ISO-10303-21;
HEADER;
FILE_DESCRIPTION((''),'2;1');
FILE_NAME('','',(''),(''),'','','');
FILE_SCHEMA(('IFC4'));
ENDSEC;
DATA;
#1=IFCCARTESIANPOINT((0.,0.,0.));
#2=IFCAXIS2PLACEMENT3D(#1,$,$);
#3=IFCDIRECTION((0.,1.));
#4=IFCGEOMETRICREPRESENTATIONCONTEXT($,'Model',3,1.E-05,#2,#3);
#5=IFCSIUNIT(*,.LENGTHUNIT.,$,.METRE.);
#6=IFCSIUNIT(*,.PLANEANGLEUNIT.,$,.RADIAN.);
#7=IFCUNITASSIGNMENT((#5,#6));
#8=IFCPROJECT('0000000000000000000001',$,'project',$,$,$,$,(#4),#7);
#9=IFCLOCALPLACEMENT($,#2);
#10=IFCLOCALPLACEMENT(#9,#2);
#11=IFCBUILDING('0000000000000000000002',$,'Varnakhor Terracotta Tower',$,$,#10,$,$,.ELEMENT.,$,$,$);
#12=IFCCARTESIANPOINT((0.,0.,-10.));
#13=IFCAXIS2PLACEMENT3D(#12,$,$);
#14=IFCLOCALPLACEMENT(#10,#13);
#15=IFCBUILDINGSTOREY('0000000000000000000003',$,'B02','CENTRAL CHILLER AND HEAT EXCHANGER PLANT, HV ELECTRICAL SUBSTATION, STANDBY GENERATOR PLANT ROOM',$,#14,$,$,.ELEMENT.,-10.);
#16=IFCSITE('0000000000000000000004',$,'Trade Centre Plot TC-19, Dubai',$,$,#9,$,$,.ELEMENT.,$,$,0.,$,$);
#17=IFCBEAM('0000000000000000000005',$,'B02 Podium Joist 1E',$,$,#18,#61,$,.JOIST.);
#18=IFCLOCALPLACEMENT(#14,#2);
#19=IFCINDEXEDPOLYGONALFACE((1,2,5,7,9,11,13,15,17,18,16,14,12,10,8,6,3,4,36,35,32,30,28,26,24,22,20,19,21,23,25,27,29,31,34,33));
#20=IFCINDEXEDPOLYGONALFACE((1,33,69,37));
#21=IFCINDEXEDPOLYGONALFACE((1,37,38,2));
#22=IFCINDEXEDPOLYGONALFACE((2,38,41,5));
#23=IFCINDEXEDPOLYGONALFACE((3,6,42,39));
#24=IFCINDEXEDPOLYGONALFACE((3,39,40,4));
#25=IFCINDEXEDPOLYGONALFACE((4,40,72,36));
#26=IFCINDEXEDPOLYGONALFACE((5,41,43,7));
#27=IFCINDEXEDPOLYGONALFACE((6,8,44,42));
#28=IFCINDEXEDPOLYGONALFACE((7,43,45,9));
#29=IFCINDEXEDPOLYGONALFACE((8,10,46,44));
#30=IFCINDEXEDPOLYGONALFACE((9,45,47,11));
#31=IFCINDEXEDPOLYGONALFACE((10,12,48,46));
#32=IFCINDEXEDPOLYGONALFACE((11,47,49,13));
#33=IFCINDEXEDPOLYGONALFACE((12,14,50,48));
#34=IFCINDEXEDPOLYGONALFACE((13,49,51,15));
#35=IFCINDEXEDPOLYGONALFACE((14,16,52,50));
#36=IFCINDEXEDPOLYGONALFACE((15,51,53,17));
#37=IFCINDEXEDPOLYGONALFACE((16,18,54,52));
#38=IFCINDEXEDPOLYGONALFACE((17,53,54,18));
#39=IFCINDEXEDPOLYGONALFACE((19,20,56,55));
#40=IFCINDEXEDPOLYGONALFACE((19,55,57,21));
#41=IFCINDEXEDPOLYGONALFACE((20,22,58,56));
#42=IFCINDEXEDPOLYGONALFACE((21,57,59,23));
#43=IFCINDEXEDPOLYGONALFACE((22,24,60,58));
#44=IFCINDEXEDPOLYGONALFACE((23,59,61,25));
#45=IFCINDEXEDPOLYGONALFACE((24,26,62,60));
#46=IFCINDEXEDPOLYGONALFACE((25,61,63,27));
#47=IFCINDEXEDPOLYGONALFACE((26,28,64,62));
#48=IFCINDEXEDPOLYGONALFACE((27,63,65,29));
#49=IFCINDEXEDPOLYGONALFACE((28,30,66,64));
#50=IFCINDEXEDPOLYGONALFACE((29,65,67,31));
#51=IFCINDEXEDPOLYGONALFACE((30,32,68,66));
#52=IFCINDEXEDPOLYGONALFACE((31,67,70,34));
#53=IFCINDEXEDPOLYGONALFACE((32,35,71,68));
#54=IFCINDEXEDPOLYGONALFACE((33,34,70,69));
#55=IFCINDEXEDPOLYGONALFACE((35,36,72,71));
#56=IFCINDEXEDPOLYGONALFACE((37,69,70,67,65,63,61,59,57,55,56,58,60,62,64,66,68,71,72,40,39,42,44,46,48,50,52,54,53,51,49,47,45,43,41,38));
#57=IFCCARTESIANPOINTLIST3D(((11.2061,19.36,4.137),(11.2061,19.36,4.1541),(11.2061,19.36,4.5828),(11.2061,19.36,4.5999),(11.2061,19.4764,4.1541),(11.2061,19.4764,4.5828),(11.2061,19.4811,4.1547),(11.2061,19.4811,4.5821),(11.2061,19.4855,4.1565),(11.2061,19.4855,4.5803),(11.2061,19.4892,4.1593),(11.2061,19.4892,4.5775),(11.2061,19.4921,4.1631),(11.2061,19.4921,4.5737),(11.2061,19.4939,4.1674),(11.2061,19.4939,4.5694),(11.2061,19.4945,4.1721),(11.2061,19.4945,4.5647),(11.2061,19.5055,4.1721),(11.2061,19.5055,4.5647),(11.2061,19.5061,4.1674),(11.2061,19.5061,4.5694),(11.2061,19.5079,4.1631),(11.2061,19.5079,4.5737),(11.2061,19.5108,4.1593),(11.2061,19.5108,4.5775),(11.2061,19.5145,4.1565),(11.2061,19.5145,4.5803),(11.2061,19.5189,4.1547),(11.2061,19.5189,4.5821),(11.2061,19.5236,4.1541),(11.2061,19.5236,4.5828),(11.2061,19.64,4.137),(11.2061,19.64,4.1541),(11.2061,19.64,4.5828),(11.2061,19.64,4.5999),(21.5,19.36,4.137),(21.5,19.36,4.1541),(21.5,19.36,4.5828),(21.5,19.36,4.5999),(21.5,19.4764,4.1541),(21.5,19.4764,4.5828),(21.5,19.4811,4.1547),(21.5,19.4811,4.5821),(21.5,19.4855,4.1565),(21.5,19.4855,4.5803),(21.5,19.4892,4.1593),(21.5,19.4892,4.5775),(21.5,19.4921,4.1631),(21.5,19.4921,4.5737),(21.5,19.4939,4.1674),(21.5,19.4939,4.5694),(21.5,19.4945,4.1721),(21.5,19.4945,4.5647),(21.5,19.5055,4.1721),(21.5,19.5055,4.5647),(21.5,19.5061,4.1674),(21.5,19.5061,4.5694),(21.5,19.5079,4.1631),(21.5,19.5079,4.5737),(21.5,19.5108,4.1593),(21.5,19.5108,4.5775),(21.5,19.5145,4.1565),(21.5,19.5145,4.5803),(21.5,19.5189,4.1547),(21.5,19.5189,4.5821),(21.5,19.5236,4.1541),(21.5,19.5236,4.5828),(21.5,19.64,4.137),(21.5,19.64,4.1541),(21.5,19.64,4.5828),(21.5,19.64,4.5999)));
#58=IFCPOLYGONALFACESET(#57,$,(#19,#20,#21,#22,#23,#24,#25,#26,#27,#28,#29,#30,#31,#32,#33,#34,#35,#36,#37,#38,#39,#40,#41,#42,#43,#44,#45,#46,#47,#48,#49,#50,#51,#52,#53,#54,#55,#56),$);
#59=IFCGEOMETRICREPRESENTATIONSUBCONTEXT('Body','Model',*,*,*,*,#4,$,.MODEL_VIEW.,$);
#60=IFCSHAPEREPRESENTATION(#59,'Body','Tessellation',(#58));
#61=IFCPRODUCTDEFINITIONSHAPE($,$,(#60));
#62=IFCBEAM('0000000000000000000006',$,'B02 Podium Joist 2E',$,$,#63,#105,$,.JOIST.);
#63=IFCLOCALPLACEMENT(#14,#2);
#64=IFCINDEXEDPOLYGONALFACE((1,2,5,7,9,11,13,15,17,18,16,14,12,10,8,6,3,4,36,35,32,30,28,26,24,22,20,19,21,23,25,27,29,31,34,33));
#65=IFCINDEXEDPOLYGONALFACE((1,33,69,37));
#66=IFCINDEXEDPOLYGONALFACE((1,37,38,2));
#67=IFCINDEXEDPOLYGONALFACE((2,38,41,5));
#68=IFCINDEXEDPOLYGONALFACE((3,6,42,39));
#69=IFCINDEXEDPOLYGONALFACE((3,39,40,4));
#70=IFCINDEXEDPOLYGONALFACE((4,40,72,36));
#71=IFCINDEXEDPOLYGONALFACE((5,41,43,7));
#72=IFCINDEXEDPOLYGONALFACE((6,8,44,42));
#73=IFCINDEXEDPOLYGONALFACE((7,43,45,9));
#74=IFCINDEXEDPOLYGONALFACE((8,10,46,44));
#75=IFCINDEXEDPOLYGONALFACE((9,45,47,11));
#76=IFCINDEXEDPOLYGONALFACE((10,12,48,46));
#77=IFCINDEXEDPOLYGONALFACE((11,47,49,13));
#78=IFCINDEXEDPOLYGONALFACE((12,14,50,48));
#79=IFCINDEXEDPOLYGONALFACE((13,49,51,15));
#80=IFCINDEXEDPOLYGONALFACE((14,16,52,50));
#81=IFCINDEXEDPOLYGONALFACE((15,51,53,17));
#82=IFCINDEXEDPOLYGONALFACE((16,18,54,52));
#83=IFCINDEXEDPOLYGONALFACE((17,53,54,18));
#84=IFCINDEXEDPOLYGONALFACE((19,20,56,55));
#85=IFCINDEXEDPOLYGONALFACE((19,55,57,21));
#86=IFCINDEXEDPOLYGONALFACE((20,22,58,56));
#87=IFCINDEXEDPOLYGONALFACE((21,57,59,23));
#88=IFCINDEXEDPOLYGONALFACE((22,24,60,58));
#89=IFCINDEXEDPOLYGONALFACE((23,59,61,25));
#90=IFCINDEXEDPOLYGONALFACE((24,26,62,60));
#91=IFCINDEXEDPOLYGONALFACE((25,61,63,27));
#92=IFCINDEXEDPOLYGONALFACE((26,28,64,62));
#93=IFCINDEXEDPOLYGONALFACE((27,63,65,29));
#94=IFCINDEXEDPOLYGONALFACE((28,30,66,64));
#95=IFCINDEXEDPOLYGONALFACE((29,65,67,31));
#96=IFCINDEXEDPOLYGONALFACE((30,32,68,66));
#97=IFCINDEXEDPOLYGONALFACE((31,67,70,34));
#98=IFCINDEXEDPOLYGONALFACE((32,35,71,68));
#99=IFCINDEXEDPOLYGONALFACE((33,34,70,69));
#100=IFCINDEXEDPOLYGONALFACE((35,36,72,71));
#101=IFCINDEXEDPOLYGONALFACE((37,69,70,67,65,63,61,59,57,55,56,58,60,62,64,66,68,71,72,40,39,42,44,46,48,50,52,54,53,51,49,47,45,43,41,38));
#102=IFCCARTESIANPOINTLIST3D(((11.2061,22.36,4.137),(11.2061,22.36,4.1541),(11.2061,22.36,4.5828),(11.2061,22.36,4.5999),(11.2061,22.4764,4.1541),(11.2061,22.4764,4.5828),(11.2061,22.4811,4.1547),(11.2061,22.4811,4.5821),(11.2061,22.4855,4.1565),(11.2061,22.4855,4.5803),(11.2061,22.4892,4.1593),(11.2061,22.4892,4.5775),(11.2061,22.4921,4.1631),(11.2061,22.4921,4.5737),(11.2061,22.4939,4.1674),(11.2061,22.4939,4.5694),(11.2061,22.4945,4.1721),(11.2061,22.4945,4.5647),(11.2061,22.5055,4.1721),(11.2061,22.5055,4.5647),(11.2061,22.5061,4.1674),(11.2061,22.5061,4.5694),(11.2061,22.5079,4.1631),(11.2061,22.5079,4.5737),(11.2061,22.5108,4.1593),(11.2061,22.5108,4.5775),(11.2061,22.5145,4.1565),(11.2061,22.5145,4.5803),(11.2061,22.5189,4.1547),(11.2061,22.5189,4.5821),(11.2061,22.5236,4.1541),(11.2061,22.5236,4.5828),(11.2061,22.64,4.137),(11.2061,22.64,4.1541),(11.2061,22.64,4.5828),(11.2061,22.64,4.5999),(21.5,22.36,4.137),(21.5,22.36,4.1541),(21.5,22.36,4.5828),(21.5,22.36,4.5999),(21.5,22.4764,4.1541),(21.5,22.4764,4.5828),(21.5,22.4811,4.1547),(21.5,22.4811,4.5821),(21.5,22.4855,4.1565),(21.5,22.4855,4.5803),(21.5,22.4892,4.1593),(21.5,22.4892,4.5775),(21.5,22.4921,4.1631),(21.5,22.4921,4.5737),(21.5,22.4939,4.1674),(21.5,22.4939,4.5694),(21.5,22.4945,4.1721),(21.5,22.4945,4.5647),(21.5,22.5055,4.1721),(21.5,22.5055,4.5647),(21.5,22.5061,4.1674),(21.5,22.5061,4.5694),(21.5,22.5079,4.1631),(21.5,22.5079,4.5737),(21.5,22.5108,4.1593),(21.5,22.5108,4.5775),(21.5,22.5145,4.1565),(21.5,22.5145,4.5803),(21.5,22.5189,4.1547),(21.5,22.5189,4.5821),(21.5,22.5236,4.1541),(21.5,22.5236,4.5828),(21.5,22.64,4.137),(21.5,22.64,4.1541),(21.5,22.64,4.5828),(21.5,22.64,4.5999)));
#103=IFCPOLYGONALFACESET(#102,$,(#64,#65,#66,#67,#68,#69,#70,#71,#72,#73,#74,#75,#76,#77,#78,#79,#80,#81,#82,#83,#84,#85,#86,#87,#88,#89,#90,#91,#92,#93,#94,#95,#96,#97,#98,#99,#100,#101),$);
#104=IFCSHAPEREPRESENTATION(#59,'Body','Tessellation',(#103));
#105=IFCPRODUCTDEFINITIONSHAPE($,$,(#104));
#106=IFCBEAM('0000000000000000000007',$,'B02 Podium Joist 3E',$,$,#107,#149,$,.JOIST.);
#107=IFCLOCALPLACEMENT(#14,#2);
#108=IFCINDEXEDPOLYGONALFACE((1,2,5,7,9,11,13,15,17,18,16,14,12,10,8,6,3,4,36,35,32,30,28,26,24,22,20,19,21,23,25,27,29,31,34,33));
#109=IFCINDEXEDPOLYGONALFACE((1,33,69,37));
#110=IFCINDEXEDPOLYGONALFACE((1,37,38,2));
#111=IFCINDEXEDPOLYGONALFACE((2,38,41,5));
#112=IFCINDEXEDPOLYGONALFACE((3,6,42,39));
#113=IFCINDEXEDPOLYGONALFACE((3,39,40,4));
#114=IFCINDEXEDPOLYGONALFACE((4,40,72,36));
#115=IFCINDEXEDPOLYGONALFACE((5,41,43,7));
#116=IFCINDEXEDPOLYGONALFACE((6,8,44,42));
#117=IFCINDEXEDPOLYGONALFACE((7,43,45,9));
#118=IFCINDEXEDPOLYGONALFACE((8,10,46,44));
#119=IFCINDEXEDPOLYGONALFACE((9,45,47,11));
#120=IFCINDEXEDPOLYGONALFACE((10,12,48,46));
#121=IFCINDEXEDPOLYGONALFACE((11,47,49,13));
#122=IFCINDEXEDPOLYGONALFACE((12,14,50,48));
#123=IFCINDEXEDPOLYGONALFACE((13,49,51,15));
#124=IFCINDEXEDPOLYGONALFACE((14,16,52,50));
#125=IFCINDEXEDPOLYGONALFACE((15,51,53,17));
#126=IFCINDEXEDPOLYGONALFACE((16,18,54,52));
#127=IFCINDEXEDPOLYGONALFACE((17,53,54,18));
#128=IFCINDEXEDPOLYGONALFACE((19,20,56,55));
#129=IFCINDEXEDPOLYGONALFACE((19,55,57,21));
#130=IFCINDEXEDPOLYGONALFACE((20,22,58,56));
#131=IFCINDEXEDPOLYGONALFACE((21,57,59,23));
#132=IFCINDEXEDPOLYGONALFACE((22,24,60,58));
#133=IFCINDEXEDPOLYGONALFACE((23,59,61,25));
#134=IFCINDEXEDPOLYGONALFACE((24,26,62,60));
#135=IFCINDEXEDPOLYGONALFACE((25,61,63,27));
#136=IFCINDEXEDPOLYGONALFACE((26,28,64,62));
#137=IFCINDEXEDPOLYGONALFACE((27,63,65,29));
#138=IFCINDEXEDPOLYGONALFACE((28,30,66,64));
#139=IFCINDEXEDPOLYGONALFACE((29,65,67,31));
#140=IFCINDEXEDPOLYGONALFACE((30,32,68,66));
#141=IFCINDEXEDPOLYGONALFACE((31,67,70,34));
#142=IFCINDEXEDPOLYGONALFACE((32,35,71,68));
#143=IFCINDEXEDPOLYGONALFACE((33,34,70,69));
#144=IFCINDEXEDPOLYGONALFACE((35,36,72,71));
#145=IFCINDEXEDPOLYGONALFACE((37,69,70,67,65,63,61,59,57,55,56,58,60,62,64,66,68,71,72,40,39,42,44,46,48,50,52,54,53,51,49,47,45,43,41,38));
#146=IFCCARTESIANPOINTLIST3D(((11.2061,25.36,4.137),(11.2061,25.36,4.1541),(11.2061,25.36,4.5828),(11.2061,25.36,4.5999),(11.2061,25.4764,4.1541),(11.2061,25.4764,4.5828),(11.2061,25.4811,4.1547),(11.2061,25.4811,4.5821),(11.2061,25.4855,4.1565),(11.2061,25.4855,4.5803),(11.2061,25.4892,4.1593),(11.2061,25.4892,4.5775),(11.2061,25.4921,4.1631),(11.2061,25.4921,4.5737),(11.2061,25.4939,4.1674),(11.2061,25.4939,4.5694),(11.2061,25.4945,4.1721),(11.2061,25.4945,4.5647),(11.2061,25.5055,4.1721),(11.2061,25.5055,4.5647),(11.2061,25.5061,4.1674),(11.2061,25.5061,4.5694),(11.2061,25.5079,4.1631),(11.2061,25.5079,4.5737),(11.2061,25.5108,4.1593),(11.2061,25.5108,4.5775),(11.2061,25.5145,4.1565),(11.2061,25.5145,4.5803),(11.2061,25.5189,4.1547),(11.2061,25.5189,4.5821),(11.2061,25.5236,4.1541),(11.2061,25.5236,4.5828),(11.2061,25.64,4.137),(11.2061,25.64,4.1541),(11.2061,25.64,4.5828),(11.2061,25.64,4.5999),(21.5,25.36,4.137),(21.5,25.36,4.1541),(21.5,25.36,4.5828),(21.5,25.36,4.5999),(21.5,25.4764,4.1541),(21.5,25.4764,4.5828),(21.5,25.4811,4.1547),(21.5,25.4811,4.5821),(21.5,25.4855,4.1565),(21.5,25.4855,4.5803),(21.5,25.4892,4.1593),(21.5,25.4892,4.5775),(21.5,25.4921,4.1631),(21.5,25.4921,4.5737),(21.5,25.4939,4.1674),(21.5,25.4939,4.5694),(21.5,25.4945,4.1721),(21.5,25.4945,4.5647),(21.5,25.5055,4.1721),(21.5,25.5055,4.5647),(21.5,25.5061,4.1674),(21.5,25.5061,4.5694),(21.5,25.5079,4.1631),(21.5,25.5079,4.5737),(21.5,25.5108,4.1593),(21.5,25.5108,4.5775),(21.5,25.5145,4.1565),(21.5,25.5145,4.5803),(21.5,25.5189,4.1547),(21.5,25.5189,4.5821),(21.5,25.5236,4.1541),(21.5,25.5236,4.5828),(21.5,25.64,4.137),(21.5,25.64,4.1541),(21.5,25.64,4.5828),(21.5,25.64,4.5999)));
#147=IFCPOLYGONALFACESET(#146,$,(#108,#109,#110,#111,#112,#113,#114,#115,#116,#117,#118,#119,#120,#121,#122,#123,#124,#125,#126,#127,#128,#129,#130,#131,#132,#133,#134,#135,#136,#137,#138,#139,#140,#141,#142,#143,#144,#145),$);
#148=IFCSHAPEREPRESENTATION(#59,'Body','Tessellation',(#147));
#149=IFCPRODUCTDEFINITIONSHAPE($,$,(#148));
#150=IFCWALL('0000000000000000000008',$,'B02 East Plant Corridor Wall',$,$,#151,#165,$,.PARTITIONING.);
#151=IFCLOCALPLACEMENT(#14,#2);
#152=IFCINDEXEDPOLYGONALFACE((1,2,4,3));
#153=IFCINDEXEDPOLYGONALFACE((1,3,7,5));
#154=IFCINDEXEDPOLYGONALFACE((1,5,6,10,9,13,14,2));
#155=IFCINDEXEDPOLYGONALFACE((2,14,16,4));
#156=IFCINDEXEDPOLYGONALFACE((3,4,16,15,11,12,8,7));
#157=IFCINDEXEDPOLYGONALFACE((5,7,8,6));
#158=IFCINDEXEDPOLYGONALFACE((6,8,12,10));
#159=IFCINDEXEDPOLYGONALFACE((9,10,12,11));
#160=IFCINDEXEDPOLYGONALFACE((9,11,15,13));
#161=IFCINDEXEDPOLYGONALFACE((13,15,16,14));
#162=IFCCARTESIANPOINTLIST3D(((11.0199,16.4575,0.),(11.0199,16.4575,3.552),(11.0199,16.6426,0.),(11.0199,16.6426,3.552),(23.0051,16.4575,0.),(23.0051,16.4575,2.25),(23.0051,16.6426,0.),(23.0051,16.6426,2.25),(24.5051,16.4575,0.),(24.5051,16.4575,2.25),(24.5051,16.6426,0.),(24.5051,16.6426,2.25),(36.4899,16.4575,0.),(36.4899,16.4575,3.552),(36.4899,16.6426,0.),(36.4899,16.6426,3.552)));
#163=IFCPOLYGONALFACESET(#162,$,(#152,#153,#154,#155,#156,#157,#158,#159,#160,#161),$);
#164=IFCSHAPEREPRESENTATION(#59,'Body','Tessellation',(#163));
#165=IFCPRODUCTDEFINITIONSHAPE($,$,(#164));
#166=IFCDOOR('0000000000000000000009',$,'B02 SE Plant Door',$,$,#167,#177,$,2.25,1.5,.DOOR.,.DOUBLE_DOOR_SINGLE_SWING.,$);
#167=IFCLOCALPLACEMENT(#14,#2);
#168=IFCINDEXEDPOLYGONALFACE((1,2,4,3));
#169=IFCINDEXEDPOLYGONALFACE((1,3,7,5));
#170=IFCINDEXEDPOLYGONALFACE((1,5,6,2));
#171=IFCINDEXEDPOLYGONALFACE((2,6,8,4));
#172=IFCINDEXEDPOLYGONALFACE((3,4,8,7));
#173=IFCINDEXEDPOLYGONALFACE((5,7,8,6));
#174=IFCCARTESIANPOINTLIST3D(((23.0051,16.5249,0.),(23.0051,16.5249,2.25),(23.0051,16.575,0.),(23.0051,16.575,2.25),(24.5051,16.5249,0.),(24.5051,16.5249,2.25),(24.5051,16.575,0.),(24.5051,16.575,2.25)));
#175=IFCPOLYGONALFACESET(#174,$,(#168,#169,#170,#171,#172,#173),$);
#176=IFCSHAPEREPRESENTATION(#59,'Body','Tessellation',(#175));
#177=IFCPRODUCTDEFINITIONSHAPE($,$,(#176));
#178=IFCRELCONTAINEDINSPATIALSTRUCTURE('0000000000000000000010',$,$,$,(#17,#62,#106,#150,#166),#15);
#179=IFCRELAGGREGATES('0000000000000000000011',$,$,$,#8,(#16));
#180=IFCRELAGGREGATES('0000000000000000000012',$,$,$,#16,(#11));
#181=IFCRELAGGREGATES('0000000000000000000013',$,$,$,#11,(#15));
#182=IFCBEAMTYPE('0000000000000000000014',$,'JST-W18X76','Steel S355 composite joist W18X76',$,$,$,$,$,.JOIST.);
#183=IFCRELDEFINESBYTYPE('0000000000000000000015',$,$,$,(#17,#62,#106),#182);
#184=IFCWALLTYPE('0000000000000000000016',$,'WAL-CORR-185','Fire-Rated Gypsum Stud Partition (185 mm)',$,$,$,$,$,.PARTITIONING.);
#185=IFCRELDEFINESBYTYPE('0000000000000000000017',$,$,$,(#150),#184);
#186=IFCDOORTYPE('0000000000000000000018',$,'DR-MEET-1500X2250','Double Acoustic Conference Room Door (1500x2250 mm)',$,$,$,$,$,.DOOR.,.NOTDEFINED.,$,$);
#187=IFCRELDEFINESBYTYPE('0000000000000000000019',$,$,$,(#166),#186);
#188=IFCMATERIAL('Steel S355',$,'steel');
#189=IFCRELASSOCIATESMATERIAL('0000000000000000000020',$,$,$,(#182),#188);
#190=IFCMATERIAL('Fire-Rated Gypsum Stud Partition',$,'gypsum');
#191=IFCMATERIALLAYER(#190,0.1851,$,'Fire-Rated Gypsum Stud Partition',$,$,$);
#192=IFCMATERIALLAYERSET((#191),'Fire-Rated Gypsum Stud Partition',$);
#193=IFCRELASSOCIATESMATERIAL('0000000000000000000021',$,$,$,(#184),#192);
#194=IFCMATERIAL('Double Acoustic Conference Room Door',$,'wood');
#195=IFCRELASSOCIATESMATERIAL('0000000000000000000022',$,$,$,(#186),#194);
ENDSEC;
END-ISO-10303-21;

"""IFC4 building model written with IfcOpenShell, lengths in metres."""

from ifc_helpers import new_model, si_unit, direction, frame, frame_2d, origin, origin_2d, place, context, subcontext, project, spatial, rectangle, i_section, extrude, source, transform, mapped, material, layer, layer_set, material_profile, profile_set, type_object, type_shapes, element, fill, save


model = new_model("IFC4")

# Units and contexts
model_context = context("Model", 3, precision=1e-05, world=origin(), true_north=direction((0.0, 1.0)))
body_context = subcontext(model_context, "Body", "Model", "MODEL_VIEW")
ifc_project = project(units=[si_unit("LENGTHUNIT", "METRE"), si_unit("PLANEANGLEUNIT", "RADIAN")], contexts=[model_context])

# Site, building, storey
site_placement = place(None, origin())
site = spatial("IfcSite", under=ifc_project, at=site_placement, Name="Trade Centre Plot TC-19, Dubai", CompositionType="ELEMENT", RefElevation=0.0)
building_placement = place(site_placement, origin())
building = spatial("IfcBuilding", under=site, at=building_placement, Name="Varnakhor Terracotta Tower", CompositionType="ELEMENT")
storey_placement = place(building_placement, frame((0.0, 0.0, -10.0)))
storey = spatial("IfcBuildingStorey", under=building, at=storey_placement, Name="B02", Description="CENTRAL CHILLER AND HEAT EXCHANGER PLANT, HV ELECTRICAL SUBSTATION, STANDBY GENERATOR PLANT ROOM", CompositionType="ELEMENT", Elevation=-10.0)

# Shared definitions
ifc_material_1 = material(Name="Steel S355", Category="steel")

# Beams
ifc_material_profile_1 = material_profile(ifc_material_1, i_section(OverallWidth=0.28, OverallDepth=0.4629, WebThickness=0.011, FlangeThickness=0.0171, FilletRadius=0.0181, at=origin_2d()), Name="W18X76")
ifc_profile_set_1 = profile_set([ifc_material_profile_1], Name="Steel S355")
beam_type = type_object("IfcBeamType", Name="JST-W18X76", Description="Steel S355 composite joist W18X76", PredefinedType="JOIST", material=ifc_profile_set_1)
shared_shape_1 = source(origin(), body_context, "Body", "SweptSolid", [
    extrude(i_section(OverallWidth=0.28, OverallDepth=0.4629, WebThickness=0.011, FlangeThickness=0.0171, FilletRadius=0.0181, at=origin_2d()), origin(), (0.0, 0.0, 1.0), 10.2939),
])
type_shapes(beam_type, [shared_shape_1])
for number, where, z_axis, x_axis, name in (
    (1, (11.2061, 19.5, 4.3684), (1.0, 0.0, 0.0), (0.0, 1.0, 0.0), "B02 Podium Joist 1E"),
    (2, (11.2061, 22.5, 4.3684), (1.0, 0.0, 0.0), (0.0, 1.0, 0.0), "B02 Podium Joist 2E"),
    (3, (11.2061, 25.5, 4.3684), (1.0, 0.0, 0.0), (0.0, 1.0, 0.0), "B02 Podium Joist 3E"),
):
    element("IfcBeam", number, at=place(storey_placement, frame(where, z_axis=z_axis, x_axis=x_axis)), inside=storey, type_object=beam_type, Name=name, PredefinedType="JOIST", context=body_context, shape_type="MappedRepresentation", body=[
        mapped(shared_shape_1, transform((0.0, 0.0, 0.0), scale=1.0)),
    ])

# Wall, opening, door
ifc_material_2 = material(Name="Fire-Rated Gypsum Stud Partition", Category="gypsum")
ifc_layer_1 = layer(ifc_material_2, 0.1851, Name="Fire-Rated Gypsum Stud Partition")
ifc_layer_set_1 = layer_set([ifc_layer_1], Name="Fire-Rated Gypsum Stud Partition")
wall_type_1 = type_object("IfcWallType", Name="WAL-CORR-185", Description="Fire-Rated Gypsum Stud Partition (185 mm)", PredefinedType="PARTITIONING", material=ifc_layer_set_1)
wall_1_placement = place(storey_placement, frame((11.02, 16.55, 0.0), z_axis=(0.0, 0.0, 1.0), x_axis=(1.0, 0.0, 0.0)))
wall_1 = element("IfcWall", 4, at=wall_1_placement, inside=storey, type_object=wall_type_1, Name="B02 East Plant Corridor Wall", PredefinedType="PARTITIONING", context=body_context, shape_type="SweptSolid", body=[
    extrude(rectangle(XDim=25.47, YDim=0.1851, at=frame_2d((12.7349, 0.0))), origin(), (0.0, 0.0, 1.0), 3.552),
])
opening_1_placement = place(wall_1_placement, frame((11.9851, 0.0, 0.0)))
opening_1 = element("IfcOpeningElement", 5, at=opening_1_placement, cuts=wall_1, PredefinedType="OPENING", context=body_context, shape_type="SweptSolid", body=[
    extrude(rectangle(XDim=1.5, YDim=2.25, at=frame_2d((0.75, 1.125))), frame((0.0, 0.1025, 0.0), z_axis=(0.0, -1.0, 0.0), x_axis=(1.0, 0.0, 0.0)), (0.0, 0.0, 1.0), 0.2051),
])
ifc_material_3 = material(Name="Double Acoustic Conference Room Door", Category="wood")
door_type = type_object("IfcDoorType", Name="DR-MEET-1500X2250", Description="Double Acoustic Conference Room Door (1500x2250 mm)", OperationType="NOTDEFINED", PredefinedType="DOOR", material=ifc_material_3)
shared_shape_2 = source(origin(), body_context, "Body", "SweptSolid", [
    extrude(rectangle(XDim=1.5, YDim=2.25, at=frame_2d((0.75, 1.125))), frame((0.0, 0.0249, 0.0), z_axis=(0.0, -1.0, 0.0), x_axis=(1.0, 0.0, 0.0)), (0.0, 0.0, 1.0), 0.05),
])
type_shapes(door_type, [shared_shape_2])
door_1_placement = place(opening_1_placement, origin())
door_1 = element("IfcDoor", 6, at=door_1_placement, inside=storey, type_object=door_type, Name="B02 SE Plant Door", OperationType="DOUBLE_DOOR_SINGLE_SWING", OverallHeight=2.25, OverallWidth=1.5, PredefinedType="DOOR", context=body_context, shape_type="MappedRepresentation", body=[
    mapped(shared_shape_2, transform((0.0, 0.0, 0.0), scale=1.0)),
])
fill(opening_1, door_1)

save(model, "model.ifc")
